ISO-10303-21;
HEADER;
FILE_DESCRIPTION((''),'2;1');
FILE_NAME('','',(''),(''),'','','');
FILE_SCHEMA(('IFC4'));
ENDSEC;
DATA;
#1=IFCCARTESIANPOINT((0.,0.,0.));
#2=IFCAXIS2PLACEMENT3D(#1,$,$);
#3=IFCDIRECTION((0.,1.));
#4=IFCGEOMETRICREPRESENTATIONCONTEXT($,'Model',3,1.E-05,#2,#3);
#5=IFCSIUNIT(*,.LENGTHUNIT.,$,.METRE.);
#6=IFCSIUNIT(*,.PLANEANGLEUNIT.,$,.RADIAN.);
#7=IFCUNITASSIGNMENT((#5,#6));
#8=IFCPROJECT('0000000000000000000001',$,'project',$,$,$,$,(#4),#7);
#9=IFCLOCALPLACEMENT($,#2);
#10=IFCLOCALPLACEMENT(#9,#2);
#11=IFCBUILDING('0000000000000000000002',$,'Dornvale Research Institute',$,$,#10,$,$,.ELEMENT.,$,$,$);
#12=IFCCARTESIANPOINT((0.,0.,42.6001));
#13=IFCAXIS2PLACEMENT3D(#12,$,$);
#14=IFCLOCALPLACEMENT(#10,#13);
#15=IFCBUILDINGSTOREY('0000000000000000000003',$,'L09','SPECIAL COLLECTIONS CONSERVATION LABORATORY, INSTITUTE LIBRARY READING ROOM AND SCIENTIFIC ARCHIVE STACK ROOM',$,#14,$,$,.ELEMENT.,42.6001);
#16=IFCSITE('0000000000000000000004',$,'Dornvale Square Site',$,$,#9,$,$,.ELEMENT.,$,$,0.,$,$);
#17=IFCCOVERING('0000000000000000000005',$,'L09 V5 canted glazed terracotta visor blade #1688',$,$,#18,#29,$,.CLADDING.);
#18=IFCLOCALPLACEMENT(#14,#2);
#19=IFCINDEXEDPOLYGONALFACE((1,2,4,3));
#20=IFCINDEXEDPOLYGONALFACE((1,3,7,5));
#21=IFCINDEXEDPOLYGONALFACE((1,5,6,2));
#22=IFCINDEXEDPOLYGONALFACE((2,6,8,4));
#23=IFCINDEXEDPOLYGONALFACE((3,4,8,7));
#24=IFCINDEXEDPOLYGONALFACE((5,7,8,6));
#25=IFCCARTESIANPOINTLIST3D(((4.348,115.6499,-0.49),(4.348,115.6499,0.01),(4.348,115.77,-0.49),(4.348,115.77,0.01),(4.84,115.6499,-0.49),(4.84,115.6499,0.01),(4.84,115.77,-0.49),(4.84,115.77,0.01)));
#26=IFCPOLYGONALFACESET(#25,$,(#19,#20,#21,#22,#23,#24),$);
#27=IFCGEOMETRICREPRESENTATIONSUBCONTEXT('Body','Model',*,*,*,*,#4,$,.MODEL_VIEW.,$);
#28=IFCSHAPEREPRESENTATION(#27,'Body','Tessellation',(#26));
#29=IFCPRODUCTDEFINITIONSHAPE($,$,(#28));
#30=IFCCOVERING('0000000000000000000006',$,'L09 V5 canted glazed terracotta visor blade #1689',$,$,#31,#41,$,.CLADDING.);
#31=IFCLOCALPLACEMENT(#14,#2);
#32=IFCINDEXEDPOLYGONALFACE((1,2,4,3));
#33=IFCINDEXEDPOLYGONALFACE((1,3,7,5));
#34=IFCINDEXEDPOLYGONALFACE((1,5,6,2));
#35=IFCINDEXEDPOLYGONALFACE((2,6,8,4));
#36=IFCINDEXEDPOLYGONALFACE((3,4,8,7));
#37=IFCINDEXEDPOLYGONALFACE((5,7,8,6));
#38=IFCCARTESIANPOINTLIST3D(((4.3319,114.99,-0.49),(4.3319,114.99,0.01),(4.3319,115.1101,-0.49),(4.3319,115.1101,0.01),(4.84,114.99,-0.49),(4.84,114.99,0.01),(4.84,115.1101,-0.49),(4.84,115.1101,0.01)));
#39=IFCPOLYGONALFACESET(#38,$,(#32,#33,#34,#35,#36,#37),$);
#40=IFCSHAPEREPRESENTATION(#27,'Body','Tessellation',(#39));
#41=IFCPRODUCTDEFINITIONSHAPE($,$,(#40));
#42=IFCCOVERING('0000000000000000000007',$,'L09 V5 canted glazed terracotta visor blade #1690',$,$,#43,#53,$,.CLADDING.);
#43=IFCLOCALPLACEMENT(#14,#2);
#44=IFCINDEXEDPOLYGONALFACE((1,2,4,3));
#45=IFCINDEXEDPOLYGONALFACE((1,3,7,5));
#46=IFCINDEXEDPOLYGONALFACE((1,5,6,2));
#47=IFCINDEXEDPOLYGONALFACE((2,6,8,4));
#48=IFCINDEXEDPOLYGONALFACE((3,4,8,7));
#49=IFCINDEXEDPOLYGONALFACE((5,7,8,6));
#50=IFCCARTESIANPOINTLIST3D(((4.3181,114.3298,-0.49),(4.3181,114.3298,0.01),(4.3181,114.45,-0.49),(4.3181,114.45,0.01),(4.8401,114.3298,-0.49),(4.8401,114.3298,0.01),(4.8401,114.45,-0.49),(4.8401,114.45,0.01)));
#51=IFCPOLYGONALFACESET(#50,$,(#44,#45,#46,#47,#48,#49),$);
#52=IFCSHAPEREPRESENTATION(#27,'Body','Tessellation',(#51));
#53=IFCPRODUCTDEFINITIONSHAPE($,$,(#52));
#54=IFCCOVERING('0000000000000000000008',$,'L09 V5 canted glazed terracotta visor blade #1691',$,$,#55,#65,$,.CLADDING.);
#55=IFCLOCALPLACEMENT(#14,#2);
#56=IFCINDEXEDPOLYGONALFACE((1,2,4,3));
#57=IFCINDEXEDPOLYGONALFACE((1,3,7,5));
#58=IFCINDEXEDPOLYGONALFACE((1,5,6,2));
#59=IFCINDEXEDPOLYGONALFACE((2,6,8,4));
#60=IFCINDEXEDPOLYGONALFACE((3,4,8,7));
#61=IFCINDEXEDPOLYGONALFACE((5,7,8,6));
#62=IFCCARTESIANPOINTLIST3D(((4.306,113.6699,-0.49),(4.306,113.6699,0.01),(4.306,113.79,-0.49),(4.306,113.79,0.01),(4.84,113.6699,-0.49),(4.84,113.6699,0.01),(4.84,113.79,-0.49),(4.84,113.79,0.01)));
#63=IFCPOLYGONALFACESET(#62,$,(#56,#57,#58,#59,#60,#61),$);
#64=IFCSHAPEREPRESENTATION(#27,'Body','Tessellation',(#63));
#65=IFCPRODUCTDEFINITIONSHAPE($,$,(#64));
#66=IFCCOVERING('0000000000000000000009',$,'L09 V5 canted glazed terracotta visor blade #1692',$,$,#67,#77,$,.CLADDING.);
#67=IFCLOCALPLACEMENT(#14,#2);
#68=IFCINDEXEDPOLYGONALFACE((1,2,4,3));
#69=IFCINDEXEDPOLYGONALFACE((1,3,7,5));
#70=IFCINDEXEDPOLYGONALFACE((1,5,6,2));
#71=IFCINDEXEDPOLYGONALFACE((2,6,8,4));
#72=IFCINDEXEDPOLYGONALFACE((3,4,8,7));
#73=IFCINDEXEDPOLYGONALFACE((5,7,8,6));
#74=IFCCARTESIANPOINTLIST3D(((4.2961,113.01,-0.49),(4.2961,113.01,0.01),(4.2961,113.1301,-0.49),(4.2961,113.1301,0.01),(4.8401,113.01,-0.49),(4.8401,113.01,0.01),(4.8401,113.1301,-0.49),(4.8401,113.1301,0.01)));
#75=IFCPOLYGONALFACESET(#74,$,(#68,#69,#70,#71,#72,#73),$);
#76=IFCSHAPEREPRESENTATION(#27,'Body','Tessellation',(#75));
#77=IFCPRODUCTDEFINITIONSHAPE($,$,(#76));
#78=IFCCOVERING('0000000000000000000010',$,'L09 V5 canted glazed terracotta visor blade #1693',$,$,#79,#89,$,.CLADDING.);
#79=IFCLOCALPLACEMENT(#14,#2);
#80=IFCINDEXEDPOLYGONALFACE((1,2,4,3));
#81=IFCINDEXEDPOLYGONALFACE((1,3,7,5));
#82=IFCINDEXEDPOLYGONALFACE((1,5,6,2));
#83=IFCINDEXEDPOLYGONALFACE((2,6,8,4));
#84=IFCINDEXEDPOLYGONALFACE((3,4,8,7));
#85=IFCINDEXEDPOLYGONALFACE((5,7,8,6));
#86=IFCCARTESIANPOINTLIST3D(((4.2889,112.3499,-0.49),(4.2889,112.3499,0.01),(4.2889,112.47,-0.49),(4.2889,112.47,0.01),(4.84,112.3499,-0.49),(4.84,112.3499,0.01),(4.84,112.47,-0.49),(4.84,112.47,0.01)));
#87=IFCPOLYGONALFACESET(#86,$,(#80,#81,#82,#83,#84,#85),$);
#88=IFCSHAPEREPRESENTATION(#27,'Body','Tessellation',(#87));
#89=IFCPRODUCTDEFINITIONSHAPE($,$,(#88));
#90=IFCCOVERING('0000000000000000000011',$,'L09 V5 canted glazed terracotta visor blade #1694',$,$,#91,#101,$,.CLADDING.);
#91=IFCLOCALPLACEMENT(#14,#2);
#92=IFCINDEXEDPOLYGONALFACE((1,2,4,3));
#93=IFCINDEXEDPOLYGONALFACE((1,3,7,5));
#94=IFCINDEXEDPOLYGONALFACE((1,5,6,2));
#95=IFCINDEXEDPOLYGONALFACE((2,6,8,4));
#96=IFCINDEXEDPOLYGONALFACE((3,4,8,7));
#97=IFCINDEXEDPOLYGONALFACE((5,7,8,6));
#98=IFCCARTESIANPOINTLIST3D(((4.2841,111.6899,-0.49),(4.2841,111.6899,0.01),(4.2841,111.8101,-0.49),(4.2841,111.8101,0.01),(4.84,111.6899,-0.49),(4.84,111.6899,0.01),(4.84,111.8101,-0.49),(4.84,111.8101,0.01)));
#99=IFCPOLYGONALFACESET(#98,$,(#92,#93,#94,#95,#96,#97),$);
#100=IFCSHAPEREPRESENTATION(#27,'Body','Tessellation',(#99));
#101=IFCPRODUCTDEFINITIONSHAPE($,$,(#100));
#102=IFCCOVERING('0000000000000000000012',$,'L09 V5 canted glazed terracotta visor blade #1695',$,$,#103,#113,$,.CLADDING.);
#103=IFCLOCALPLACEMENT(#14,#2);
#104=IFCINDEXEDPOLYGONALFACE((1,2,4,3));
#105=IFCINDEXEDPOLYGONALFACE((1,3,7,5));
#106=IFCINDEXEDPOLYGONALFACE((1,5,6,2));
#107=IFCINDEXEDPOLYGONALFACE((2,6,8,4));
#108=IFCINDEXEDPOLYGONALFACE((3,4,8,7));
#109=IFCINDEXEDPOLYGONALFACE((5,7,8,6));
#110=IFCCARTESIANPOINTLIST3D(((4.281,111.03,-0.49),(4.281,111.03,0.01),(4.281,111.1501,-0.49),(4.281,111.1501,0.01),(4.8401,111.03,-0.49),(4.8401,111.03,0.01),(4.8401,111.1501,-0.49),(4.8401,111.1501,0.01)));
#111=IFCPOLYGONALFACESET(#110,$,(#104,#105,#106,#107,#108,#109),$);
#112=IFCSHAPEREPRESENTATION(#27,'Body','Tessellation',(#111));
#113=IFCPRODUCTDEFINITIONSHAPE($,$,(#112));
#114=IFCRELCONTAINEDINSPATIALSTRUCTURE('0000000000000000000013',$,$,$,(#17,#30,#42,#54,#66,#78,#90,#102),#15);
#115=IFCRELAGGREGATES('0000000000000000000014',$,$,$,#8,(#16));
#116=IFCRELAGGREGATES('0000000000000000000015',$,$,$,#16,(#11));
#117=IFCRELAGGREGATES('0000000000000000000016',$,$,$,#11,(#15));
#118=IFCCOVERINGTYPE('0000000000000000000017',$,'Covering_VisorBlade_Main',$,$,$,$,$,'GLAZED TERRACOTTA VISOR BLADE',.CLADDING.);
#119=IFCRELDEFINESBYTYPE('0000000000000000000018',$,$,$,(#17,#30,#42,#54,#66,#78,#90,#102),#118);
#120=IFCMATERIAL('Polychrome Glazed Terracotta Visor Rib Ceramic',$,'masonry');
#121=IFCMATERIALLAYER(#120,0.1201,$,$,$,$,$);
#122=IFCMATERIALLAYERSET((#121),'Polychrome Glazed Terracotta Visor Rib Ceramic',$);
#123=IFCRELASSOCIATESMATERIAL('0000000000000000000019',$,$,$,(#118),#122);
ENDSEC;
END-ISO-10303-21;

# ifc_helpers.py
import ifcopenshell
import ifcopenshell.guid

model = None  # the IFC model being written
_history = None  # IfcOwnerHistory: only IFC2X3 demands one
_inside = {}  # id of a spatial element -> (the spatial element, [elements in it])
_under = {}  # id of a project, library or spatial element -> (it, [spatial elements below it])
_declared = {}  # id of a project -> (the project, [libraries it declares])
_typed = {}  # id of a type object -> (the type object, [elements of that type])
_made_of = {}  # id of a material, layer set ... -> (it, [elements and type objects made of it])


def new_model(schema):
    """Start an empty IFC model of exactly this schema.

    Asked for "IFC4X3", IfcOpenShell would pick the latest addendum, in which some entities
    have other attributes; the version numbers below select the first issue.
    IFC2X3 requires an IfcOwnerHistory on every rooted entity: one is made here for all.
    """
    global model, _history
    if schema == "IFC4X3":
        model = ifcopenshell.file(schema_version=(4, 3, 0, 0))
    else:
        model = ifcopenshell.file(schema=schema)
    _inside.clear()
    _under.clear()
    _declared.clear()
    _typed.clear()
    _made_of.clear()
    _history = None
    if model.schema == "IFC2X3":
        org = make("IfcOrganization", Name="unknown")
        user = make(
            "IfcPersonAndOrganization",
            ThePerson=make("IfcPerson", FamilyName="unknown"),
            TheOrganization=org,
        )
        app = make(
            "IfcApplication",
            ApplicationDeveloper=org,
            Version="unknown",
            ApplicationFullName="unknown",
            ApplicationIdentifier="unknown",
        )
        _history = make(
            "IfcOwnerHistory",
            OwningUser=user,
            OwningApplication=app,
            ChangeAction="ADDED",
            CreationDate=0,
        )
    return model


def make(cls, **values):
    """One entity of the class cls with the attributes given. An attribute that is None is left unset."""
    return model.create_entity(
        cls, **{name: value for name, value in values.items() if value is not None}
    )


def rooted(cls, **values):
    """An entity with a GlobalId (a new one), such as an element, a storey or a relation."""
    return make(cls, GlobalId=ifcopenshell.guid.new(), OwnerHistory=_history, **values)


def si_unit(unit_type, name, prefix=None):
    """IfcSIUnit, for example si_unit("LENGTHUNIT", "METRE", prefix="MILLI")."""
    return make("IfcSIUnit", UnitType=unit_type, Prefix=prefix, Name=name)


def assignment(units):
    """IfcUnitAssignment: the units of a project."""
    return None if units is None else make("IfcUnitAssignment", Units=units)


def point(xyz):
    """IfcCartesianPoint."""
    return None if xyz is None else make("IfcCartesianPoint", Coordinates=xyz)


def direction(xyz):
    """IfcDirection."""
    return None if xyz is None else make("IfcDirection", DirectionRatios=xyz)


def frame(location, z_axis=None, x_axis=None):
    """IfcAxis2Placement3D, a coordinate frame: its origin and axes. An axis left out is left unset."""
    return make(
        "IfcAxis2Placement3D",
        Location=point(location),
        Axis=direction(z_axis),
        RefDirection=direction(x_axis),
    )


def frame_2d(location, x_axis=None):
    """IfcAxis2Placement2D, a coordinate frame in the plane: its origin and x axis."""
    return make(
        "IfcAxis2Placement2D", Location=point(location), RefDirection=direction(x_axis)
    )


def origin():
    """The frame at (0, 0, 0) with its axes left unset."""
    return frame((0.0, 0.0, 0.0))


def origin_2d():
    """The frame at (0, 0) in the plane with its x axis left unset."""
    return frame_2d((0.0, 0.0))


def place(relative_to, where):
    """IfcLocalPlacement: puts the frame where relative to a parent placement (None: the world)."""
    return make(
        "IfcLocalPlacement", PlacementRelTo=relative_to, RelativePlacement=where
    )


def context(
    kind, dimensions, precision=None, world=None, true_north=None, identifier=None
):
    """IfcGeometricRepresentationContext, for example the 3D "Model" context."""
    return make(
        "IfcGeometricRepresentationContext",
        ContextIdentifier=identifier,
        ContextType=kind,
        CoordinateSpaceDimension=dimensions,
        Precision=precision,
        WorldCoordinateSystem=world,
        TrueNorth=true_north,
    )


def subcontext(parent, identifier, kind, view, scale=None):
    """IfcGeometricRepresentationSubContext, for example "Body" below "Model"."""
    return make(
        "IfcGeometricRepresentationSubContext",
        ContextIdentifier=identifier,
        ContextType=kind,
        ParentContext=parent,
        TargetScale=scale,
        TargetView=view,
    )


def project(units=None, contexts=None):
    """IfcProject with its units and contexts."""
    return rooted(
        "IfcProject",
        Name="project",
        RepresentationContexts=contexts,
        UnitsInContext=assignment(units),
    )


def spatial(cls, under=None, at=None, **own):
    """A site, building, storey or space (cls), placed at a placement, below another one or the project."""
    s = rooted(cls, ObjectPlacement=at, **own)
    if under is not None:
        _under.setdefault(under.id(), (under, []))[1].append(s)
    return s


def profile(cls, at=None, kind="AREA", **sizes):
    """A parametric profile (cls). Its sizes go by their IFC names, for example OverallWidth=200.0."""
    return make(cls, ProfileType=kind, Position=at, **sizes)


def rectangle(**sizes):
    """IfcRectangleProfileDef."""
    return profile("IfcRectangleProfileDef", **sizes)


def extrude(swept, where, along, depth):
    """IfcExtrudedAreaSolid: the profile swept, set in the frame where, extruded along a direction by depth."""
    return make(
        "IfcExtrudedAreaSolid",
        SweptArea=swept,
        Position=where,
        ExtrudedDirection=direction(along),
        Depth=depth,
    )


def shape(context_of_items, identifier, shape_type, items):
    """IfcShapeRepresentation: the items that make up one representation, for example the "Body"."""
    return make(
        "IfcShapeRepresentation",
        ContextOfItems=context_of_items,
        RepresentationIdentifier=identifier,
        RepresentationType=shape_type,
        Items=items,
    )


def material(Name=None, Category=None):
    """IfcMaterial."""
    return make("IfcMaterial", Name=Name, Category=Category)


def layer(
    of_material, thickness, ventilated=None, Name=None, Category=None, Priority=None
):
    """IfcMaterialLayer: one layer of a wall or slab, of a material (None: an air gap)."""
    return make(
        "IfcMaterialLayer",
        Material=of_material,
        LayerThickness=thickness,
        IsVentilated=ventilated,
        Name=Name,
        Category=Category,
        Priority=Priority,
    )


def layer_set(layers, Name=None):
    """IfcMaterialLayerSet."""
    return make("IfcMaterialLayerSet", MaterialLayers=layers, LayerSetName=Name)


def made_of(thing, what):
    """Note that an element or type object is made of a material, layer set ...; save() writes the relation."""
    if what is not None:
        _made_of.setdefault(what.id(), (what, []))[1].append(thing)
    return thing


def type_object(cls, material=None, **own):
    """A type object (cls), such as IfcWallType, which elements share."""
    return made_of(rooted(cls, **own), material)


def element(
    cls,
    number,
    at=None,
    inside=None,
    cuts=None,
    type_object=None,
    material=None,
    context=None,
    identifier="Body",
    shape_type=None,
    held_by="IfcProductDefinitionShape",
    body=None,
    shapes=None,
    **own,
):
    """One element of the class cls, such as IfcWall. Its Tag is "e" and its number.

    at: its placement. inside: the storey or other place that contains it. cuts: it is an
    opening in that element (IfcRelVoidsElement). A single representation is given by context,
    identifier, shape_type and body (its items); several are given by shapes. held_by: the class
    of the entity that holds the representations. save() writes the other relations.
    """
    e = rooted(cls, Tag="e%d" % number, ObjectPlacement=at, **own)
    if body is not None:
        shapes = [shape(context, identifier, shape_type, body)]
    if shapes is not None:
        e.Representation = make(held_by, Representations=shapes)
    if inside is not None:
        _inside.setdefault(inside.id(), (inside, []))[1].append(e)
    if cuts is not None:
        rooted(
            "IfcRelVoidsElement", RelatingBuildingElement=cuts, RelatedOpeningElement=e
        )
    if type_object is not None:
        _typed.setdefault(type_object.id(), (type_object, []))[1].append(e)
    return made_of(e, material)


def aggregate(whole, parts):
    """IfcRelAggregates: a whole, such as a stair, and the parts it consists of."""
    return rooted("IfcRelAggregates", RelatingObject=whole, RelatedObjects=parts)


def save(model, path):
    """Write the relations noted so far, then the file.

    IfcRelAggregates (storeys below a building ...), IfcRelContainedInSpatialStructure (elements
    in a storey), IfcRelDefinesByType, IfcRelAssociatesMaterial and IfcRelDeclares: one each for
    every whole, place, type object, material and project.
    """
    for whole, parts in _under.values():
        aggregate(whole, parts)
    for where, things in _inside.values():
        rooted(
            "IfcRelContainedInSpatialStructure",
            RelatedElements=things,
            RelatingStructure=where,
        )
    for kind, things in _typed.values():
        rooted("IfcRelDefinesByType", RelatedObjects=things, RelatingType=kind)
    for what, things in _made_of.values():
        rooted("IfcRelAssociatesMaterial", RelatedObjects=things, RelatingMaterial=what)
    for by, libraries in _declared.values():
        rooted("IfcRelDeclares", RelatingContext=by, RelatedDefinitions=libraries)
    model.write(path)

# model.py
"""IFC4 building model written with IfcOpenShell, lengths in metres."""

from ifc_helpers import new_model, si_unit, direction, frame, origin, origin_2d, place, context, subcontext, project, spatial, rectangle, extrude, material, layer, layer_set, type_object, element, save


model = new_model("IFC4")

# Units and contexts
model_context = context("Model", 3, precision=1e-05, world=origin(), true_north=direction((0.0, 1.0)))
body_context = subcontext(model_context, "Body", "Model", "MODEL_VIEW")
ifc_project = project(units=[si_unit("LENGTHUNIT", "METRE"), si_unit("PLANEANGLEUNIT", "RADIAN")], contexts=[model_context])

# Site, building, storey
site_placement = place(None, origin())
site = spatial("IfcSite", under=ifc_project, at=site_placement, Name="Dornvale Square Site", CompositionType="ELEMENT", RefElevation=0.0)
building_placement = place(site_placement, origin())
building = spatial("IfcBuilding", under=site, at=building_placement, Name="Dornvale Research Institute", CompositionType="ELEMENT")
storey_placement = place(building_placement, frame((0.0, 0.0, 42.6001)))
storey = spatial("IfcBuildingStorey", under=building, at=storey_placement, Name="L09", Description="SPECIAL COLLECTIONS CONSERVATION LABORATORY, INSTITUTE LIBRARY READING ROOM AND SCIENTIFIC ARCHIVE STACK ROOM", CompositionType="ELEMENT", Elevation=42.6001)

# Coverings
ifc_material_1 = material(Name="Polychrome Glazed Terracotta Visor Rib Ceramic", Category="masonry")
ifc_layer_1 = layer(ifc_material_1, 0.1201)
ifc_layer_set_1 = layer_set([ifc_layer_1], Name="Polychrome Glazed Terracotta Visor Rib Ceramic")
covering_type = type_object("IfcCoveringType", Name="Covering_VisorBlade_Main", ElementType="GLAZED TERRACOTTA VISOR BLADE", PredefinedType="CLADDING", material=ifc_layer_set_1)
covering_1_placement = place(storey_placement, frame((4.594, 115.71, -0.49), z_axis=(0.0, 0.0, 1.0), x_axis=(1.0, 0.0, 0.0)))
element("IfcCovering", 1, at=covering_1_placement, inside=storey, type_object=covering_type, Name="L09 V5 canted glazed terracotta visor blade #1688", PredefinedType="CLADDING", context=body_context, shape_type="SweptSolid", body=[
    extrude(rectangle(XDim=0.4919, YDim=0.1201, at=origin_2d()), origin(), (0.0, 0.0, 1.0), 0.5),
])
covering_2_placement = place(storey_placement, frame((4.5859, 115.05, -0.49), z_axis=(0.0, 0.0, 1.0), x_axis=(1.0, 0.0, 0.0)))
element("IfcCovering", 2, at=covering_2_placement, inside=storey, type_object=covering_type, Name="L09 V5 canted glazed terracotta visor blade #1689", PredefinedType="CLADDING", context=body_context, shape_type="SweptSolid", body=[
    extrude(rectangle(XDim=0.5081, YDim=0.1201, at=origin_2d()), origin(), (0.0, 0.0, 1.0), 0.5),
])
covering_3_placement = place(storey_placement, frame((4.5791, 114.3899, -0.49), z_axis=(0.0, 0.0, 1.0), x_axis=(1.0, 0.0, 0.0)))
element("IfcCovering", 3, at=covering_3_placement, inside=storey, type_object=covering_type, Name="L09 V5 canted glazed terracotta visor blade #1690", PredefinedType="CLADDING", context=body_context, shape_type="SweptSolid", body=[
    extrude(rectangle(XDim=0.522, YDim=0.1201, at=origin_2d()), origin(), (0.0, 0.0, 1.0), 0.5),
])
covering_4_placement = place(storey_placement, frame((4.573, 113.73, -0.49), z_axis=(0.0, 0.0, 1.0), x_axis=(1.0, 0.0, 0.0)))
element("IfcCovering", 4, at=covering_4_placement, inside=storey, type_object=covering_type, Name="L09 V5 canted glazed terracotta visor blade #1691", PredefinedType="CLADDING", context=body_context, shape_type="SweptSolid", body=[
    extrude(rectangle(XDim=0.5339, YDim=0.1201, at=origin_2d()), origin(), (0.0, 0.0, 1.0), 0.5),
])
covering_5_placement = place(storey_placement, frame((4.5681, 113.0701, -0.49), z_axis=(0.0, 0.0, 1.0), x_axis=(1.0, 0.0, 0.0)))
element("IfcCovering", 5, at=covering_5_placement, inside=storey, type_object=covering_type, Name="L09 V5 canted glazed terracotta visor blade #1692", PredefinedType="CLADDING", context=body_context, shape_type="SweptSolid", body=[
    extrude(rectangle(XDim=0.5439, YDim=0.1201, at=origin_2d()), origin(), (0.0, 0.0, 1.0), 0.5),
])
covering_6_placement = place(storey_placement, frame((4.5645, 112.4099, -0.49), z_axis=(0.0, 0.0, 1.0), x_axis=(1.0, 0.0, 0.0)))
element("IfcCovering", 6, at=covering_6_placement, inside=storey, type_object=covering_type, Name="L09 V5 canted glazed terracotta visor blade #1693", PredefinedType="CLADDING", context=body_context, shape_type="SweptSolid", body=[
    extrude(rectangle(XDim=0.551, YDim=0.1201, at=origin_2d()), origin(), (0.0, 0.0, 1.0), 0.5),
])
covering_7_placement = place(storey_placement, frame((4.562, 111.75, -0.49), z_axis=(0.0, 0.0, 1.0), x_axis=(1.0, 0.0, 0.0)))
element("IfcCovering", 7, at=covering_7_placement, inside=storey, type_object=covering_type, Name="L09 V5 canted glazed terracotta visor blade #1694", PredefinedType="CLADDING", context=body_context, shape_type="SweptSolid", body=[
    extrude(rectangle(XDim=0.5559, YDim=0.1201, at=origin_2d()), origin(), (0.0, 0.0, 1.0), 0.5),
])
covering_8_placement = place(storey_placement, frame((4.5605, 111.0901, -0.49), z_axis=(0.0, 0.0, 1.0), x_axis=(1.0, 0.0, 0.0)))
element("IfcCovering", 8, at=covering_8_placement, inside=storey, type_object=covering_type, Name="L09 V5 canted glazed terracotta visor blade #1695", PredefinedType="CLADDING", context=body_context, shape_type="SweptSolid", body=[
    extrude(rectangle(XDim=0.5591, YDim=0.1201, at=origin_2d()), origin(), (0.0, 0.0, 1.0), 0.5),
])

save(model, "model.ifc")
